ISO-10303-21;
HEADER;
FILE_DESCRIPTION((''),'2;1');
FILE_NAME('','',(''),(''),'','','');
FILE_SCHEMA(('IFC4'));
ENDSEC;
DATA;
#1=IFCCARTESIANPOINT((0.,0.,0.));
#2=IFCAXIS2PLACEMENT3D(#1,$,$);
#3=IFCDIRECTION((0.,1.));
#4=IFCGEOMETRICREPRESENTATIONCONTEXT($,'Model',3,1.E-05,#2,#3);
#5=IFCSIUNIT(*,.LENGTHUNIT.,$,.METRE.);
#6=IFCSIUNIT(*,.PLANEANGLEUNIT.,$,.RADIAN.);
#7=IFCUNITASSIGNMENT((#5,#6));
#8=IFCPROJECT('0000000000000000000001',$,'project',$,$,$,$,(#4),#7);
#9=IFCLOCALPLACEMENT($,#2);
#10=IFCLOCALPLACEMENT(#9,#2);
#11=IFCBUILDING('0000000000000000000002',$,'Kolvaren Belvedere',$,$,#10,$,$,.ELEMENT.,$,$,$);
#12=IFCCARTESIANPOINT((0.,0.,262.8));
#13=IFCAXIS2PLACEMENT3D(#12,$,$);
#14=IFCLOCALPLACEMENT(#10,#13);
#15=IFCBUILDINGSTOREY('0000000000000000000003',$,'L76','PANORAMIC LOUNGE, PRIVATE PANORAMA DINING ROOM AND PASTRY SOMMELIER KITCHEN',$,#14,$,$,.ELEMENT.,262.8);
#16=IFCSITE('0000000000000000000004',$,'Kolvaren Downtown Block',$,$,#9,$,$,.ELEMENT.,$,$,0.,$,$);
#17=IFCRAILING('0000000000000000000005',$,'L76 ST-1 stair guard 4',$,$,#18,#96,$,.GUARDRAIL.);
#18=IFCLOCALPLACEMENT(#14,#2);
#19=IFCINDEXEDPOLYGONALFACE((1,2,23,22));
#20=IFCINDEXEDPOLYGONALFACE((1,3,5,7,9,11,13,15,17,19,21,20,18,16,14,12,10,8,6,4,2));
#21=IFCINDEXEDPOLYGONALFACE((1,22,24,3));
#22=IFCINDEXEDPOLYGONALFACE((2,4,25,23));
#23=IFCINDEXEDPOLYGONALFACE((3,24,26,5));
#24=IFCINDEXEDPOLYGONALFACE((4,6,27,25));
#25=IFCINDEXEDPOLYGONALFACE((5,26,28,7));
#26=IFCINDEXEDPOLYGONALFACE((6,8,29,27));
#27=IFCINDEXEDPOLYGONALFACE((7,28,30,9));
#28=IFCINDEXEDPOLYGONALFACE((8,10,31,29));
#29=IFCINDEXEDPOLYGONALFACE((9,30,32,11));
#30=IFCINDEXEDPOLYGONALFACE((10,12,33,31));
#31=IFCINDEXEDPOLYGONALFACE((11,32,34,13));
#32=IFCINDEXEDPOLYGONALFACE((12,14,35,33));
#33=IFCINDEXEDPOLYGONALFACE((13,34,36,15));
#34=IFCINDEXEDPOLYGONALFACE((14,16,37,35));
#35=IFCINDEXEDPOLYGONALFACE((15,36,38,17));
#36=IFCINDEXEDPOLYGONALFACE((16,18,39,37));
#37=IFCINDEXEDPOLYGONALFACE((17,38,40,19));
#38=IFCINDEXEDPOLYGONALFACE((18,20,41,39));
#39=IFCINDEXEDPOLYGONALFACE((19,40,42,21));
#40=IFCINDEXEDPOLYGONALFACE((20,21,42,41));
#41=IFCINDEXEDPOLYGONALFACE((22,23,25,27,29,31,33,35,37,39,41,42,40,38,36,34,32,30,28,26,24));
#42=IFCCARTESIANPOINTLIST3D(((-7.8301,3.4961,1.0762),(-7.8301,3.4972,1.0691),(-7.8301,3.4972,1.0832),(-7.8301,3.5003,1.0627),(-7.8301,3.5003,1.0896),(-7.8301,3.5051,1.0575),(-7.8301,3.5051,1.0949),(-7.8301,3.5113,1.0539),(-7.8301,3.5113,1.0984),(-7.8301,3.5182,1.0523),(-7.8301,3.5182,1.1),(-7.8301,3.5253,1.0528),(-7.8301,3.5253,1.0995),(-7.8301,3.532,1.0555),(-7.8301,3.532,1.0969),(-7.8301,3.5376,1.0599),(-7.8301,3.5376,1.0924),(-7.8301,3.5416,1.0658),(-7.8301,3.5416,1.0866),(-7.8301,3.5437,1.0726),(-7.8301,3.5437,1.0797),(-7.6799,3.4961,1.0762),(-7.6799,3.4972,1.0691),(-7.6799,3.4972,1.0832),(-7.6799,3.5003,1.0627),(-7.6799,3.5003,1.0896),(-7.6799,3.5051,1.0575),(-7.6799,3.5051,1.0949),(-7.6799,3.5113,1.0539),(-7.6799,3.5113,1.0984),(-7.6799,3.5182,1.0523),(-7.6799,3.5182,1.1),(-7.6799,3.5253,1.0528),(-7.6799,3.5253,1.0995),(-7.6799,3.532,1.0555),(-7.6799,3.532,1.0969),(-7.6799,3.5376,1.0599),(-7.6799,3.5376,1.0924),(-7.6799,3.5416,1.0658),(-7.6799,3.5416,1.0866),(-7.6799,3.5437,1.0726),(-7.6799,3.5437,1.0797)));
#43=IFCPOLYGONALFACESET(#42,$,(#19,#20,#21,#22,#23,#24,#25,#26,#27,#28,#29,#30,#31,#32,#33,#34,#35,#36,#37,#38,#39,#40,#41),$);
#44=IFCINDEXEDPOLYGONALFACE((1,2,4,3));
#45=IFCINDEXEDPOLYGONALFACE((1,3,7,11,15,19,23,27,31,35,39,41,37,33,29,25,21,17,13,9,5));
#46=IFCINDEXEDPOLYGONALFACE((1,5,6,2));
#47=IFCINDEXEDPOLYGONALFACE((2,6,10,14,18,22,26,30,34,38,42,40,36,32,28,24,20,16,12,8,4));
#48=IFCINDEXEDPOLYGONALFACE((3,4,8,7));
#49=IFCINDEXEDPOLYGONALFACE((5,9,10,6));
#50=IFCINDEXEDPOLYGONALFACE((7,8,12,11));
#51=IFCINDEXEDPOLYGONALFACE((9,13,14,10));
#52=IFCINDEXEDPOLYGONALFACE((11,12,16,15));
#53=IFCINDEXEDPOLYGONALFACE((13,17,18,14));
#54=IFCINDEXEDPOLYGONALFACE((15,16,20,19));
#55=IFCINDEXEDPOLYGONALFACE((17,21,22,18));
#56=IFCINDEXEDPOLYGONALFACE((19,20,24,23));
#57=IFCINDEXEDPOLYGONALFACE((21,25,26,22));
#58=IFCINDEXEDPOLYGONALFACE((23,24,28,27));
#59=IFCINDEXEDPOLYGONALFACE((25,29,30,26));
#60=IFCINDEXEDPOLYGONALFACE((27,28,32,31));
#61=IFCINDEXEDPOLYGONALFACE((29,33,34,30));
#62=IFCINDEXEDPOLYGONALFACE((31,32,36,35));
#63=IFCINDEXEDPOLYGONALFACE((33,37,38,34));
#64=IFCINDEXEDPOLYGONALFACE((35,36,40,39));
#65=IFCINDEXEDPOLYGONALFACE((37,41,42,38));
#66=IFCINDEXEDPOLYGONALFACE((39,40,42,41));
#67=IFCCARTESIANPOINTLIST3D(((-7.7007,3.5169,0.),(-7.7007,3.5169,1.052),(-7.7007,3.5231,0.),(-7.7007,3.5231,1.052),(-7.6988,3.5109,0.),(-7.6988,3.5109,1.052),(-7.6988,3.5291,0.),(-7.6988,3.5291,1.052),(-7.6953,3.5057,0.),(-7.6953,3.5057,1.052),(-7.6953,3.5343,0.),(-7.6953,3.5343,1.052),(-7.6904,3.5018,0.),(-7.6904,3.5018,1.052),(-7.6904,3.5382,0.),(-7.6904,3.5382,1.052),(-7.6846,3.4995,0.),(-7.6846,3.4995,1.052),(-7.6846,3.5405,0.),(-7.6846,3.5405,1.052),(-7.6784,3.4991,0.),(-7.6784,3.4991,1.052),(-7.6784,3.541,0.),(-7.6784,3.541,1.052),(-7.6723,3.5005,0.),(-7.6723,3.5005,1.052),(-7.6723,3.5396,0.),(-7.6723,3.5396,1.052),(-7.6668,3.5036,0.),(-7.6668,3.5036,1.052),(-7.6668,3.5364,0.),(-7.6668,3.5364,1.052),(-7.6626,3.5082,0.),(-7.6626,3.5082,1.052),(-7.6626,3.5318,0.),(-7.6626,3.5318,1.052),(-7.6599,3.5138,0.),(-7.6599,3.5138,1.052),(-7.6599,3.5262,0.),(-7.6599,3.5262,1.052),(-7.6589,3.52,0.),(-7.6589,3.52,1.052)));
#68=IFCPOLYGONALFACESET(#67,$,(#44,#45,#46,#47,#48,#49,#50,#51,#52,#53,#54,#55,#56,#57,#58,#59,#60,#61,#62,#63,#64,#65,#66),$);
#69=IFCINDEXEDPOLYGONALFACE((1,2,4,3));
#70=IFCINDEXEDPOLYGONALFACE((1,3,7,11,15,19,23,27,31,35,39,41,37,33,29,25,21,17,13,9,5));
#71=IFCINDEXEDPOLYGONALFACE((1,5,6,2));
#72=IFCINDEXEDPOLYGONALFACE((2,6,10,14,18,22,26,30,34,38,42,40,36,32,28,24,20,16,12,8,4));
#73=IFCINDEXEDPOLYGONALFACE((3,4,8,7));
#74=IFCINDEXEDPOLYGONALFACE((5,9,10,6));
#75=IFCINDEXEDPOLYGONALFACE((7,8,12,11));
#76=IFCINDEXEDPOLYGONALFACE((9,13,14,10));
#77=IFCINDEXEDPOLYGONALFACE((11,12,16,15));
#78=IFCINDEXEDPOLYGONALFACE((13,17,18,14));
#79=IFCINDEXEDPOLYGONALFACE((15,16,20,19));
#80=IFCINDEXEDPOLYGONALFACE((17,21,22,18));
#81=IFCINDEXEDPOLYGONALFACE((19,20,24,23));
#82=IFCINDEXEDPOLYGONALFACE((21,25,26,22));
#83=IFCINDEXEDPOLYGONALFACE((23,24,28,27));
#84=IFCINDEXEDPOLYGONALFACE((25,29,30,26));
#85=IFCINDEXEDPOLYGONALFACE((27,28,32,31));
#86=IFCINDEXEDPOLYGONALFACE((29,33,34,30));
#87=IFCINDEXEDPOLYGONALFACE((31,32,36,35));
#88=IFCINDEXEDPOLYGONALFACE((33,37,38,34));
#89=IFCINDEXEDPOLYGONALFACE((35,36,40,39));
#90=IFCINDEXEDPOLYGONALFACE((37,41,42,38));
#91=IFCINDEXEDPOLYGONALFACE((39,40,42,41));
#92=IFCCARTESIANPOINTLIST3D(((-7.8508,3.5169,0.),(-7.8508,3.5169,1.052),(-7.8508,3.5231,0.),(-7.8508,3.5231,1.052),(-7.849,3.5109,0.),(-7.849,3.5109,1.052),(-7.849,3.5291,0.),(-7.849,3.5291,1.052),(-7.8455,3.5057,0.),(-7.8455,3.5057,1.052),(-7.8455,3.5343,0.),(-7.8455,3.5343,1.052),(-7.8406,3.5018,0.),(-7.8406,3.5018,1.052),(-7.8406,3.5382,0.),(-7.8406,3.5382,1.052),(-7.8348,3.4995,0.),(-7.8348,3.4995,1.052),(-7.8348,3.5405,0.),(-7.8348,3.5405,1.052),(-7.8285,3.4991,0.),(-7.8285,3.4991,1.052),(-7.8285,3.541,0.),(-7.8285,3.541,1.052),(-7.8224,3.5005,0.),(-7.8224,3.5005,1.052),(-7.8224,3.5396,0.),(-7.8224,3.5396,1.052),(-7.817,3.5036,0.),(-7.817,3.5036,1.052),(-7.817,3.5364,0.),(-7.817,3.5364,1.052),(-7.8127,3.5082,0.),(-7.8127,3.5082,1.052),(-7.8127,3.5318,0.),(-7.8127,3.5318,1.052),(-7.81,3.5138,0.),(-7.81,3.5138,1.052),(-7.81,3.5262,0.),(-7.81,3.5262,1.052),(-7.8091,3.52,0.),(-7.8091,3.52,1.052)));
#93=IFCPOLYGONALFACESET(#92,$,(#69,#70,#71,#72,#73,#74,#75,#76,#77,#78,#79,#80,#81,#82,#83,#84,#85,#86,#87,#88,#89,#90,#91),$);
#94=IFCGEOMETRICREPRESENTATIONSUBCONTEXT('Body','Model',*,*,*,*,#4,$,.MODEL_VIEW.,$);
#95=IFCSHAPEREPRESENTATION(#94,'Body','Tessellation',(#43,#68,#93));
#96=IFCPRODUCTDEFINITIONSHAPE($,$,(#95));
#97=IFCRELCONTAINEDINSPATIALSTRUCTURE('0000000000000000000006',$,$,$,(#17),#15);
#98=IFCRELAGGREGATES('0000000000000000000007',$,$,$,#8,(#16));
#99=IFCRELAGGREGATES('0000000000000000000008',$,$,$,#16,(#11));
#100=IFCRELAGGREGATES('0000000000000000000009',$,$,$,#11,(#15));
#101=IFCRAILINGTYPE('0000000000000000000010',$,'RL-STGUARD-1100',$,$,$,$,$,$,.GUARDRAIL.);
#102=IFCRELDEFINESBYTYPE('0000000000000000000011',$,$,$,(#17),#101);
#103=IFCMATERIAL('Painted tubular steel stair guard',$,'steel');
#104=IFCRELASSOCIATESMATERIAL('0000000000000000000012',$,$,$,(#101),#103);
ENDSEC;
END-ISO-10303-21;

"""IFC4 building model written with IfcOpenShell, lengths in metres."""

from ifc_helpers import new_model, si_unit, direction, frame, origin, origin_2d, place, context, subcontext, project, spatial, circle, extrude, material, type_object, element, save


model = new_model("IFC4")

# Units and contexts
model_context = context("Model", 3, precision=1e-05, world=origin(), true_north=direction((0.0, 1.0)))
body_context = subcontext(model_context, "Body", "Model", "MODEL_VIEW")
ifc_project = project(units=[si_unit("LENGTHUNIT", "METRE"), si_unit("PLANEANGLEUNIT", "RADIAN")], contexts=[model_context])

# Site, building, storey
site_placement = place(None, origin())
site = spatial("IfcSite", under=ifc_project, at=site_placement, Name="Kolvaren Downtown Block", CompositionType="ELEMENT", RefElevation=0.0)
building_placement = place(site_placement, origin())
building = spatial("IfcBuilding", under=site, at=building_placement, Name="Kolvaren Belvedere", CompositionType="ELEMENT")
storey_placement = place(building_placement, frame((0.0, 0.0, 262.8)))
storey = spatial("IfcBuildingStorey", under=building, at=storey_placement, Name="L76", Description="PANORAMIC LOUNGE, PRIVATE PANORAMA DINING ROOM AND PASTRY SOMMELIER KITCHEN", CompositionType="ELEMENT", Elevation=262.8)

# Railing
ifc_material_1 = material(Name="Painted tubular steel stair guard", Category="steel")
railing_type_1 = type_object("IfcRailingType", Name="RL-STGUARD-1100", PredefinedType="GUARDRAIL", material=ifc_material_1)
railing_1_placement = place(storey_placement, frame((-7.6799, 3.52, 0.0)))
element("IfcRailing", 1, at=railing_1_placement, inside=storey, type_object=railing_type_1, Name="L76 ST-1 stair guard 4", PredefinedType="GUARDRAIL", context=body_context, shape_type="SweptSolid", body=[
    extrude(circle(Radius=0.0239, at=origin_2d()), frame((0.0, 0.0, 1.0762), z_axis=(-1.0, 0.0, 0.0), x_axis=(0.0, -1.0, 0.0)), (0.0, 0.0, 1.0), 0.1501),
    extrude(circle(Radius=0.021, at=origin_2d()), origin(), (0.0, 0.0, 1.0), 1.052),
    extrude(circle(Radius=0.021, at=origin_2d()), frame((-0.1501, 0.0, 0.0)), (0.0, 0.0, 1.0), 1.052),
])

save(model, "model.ifc")
